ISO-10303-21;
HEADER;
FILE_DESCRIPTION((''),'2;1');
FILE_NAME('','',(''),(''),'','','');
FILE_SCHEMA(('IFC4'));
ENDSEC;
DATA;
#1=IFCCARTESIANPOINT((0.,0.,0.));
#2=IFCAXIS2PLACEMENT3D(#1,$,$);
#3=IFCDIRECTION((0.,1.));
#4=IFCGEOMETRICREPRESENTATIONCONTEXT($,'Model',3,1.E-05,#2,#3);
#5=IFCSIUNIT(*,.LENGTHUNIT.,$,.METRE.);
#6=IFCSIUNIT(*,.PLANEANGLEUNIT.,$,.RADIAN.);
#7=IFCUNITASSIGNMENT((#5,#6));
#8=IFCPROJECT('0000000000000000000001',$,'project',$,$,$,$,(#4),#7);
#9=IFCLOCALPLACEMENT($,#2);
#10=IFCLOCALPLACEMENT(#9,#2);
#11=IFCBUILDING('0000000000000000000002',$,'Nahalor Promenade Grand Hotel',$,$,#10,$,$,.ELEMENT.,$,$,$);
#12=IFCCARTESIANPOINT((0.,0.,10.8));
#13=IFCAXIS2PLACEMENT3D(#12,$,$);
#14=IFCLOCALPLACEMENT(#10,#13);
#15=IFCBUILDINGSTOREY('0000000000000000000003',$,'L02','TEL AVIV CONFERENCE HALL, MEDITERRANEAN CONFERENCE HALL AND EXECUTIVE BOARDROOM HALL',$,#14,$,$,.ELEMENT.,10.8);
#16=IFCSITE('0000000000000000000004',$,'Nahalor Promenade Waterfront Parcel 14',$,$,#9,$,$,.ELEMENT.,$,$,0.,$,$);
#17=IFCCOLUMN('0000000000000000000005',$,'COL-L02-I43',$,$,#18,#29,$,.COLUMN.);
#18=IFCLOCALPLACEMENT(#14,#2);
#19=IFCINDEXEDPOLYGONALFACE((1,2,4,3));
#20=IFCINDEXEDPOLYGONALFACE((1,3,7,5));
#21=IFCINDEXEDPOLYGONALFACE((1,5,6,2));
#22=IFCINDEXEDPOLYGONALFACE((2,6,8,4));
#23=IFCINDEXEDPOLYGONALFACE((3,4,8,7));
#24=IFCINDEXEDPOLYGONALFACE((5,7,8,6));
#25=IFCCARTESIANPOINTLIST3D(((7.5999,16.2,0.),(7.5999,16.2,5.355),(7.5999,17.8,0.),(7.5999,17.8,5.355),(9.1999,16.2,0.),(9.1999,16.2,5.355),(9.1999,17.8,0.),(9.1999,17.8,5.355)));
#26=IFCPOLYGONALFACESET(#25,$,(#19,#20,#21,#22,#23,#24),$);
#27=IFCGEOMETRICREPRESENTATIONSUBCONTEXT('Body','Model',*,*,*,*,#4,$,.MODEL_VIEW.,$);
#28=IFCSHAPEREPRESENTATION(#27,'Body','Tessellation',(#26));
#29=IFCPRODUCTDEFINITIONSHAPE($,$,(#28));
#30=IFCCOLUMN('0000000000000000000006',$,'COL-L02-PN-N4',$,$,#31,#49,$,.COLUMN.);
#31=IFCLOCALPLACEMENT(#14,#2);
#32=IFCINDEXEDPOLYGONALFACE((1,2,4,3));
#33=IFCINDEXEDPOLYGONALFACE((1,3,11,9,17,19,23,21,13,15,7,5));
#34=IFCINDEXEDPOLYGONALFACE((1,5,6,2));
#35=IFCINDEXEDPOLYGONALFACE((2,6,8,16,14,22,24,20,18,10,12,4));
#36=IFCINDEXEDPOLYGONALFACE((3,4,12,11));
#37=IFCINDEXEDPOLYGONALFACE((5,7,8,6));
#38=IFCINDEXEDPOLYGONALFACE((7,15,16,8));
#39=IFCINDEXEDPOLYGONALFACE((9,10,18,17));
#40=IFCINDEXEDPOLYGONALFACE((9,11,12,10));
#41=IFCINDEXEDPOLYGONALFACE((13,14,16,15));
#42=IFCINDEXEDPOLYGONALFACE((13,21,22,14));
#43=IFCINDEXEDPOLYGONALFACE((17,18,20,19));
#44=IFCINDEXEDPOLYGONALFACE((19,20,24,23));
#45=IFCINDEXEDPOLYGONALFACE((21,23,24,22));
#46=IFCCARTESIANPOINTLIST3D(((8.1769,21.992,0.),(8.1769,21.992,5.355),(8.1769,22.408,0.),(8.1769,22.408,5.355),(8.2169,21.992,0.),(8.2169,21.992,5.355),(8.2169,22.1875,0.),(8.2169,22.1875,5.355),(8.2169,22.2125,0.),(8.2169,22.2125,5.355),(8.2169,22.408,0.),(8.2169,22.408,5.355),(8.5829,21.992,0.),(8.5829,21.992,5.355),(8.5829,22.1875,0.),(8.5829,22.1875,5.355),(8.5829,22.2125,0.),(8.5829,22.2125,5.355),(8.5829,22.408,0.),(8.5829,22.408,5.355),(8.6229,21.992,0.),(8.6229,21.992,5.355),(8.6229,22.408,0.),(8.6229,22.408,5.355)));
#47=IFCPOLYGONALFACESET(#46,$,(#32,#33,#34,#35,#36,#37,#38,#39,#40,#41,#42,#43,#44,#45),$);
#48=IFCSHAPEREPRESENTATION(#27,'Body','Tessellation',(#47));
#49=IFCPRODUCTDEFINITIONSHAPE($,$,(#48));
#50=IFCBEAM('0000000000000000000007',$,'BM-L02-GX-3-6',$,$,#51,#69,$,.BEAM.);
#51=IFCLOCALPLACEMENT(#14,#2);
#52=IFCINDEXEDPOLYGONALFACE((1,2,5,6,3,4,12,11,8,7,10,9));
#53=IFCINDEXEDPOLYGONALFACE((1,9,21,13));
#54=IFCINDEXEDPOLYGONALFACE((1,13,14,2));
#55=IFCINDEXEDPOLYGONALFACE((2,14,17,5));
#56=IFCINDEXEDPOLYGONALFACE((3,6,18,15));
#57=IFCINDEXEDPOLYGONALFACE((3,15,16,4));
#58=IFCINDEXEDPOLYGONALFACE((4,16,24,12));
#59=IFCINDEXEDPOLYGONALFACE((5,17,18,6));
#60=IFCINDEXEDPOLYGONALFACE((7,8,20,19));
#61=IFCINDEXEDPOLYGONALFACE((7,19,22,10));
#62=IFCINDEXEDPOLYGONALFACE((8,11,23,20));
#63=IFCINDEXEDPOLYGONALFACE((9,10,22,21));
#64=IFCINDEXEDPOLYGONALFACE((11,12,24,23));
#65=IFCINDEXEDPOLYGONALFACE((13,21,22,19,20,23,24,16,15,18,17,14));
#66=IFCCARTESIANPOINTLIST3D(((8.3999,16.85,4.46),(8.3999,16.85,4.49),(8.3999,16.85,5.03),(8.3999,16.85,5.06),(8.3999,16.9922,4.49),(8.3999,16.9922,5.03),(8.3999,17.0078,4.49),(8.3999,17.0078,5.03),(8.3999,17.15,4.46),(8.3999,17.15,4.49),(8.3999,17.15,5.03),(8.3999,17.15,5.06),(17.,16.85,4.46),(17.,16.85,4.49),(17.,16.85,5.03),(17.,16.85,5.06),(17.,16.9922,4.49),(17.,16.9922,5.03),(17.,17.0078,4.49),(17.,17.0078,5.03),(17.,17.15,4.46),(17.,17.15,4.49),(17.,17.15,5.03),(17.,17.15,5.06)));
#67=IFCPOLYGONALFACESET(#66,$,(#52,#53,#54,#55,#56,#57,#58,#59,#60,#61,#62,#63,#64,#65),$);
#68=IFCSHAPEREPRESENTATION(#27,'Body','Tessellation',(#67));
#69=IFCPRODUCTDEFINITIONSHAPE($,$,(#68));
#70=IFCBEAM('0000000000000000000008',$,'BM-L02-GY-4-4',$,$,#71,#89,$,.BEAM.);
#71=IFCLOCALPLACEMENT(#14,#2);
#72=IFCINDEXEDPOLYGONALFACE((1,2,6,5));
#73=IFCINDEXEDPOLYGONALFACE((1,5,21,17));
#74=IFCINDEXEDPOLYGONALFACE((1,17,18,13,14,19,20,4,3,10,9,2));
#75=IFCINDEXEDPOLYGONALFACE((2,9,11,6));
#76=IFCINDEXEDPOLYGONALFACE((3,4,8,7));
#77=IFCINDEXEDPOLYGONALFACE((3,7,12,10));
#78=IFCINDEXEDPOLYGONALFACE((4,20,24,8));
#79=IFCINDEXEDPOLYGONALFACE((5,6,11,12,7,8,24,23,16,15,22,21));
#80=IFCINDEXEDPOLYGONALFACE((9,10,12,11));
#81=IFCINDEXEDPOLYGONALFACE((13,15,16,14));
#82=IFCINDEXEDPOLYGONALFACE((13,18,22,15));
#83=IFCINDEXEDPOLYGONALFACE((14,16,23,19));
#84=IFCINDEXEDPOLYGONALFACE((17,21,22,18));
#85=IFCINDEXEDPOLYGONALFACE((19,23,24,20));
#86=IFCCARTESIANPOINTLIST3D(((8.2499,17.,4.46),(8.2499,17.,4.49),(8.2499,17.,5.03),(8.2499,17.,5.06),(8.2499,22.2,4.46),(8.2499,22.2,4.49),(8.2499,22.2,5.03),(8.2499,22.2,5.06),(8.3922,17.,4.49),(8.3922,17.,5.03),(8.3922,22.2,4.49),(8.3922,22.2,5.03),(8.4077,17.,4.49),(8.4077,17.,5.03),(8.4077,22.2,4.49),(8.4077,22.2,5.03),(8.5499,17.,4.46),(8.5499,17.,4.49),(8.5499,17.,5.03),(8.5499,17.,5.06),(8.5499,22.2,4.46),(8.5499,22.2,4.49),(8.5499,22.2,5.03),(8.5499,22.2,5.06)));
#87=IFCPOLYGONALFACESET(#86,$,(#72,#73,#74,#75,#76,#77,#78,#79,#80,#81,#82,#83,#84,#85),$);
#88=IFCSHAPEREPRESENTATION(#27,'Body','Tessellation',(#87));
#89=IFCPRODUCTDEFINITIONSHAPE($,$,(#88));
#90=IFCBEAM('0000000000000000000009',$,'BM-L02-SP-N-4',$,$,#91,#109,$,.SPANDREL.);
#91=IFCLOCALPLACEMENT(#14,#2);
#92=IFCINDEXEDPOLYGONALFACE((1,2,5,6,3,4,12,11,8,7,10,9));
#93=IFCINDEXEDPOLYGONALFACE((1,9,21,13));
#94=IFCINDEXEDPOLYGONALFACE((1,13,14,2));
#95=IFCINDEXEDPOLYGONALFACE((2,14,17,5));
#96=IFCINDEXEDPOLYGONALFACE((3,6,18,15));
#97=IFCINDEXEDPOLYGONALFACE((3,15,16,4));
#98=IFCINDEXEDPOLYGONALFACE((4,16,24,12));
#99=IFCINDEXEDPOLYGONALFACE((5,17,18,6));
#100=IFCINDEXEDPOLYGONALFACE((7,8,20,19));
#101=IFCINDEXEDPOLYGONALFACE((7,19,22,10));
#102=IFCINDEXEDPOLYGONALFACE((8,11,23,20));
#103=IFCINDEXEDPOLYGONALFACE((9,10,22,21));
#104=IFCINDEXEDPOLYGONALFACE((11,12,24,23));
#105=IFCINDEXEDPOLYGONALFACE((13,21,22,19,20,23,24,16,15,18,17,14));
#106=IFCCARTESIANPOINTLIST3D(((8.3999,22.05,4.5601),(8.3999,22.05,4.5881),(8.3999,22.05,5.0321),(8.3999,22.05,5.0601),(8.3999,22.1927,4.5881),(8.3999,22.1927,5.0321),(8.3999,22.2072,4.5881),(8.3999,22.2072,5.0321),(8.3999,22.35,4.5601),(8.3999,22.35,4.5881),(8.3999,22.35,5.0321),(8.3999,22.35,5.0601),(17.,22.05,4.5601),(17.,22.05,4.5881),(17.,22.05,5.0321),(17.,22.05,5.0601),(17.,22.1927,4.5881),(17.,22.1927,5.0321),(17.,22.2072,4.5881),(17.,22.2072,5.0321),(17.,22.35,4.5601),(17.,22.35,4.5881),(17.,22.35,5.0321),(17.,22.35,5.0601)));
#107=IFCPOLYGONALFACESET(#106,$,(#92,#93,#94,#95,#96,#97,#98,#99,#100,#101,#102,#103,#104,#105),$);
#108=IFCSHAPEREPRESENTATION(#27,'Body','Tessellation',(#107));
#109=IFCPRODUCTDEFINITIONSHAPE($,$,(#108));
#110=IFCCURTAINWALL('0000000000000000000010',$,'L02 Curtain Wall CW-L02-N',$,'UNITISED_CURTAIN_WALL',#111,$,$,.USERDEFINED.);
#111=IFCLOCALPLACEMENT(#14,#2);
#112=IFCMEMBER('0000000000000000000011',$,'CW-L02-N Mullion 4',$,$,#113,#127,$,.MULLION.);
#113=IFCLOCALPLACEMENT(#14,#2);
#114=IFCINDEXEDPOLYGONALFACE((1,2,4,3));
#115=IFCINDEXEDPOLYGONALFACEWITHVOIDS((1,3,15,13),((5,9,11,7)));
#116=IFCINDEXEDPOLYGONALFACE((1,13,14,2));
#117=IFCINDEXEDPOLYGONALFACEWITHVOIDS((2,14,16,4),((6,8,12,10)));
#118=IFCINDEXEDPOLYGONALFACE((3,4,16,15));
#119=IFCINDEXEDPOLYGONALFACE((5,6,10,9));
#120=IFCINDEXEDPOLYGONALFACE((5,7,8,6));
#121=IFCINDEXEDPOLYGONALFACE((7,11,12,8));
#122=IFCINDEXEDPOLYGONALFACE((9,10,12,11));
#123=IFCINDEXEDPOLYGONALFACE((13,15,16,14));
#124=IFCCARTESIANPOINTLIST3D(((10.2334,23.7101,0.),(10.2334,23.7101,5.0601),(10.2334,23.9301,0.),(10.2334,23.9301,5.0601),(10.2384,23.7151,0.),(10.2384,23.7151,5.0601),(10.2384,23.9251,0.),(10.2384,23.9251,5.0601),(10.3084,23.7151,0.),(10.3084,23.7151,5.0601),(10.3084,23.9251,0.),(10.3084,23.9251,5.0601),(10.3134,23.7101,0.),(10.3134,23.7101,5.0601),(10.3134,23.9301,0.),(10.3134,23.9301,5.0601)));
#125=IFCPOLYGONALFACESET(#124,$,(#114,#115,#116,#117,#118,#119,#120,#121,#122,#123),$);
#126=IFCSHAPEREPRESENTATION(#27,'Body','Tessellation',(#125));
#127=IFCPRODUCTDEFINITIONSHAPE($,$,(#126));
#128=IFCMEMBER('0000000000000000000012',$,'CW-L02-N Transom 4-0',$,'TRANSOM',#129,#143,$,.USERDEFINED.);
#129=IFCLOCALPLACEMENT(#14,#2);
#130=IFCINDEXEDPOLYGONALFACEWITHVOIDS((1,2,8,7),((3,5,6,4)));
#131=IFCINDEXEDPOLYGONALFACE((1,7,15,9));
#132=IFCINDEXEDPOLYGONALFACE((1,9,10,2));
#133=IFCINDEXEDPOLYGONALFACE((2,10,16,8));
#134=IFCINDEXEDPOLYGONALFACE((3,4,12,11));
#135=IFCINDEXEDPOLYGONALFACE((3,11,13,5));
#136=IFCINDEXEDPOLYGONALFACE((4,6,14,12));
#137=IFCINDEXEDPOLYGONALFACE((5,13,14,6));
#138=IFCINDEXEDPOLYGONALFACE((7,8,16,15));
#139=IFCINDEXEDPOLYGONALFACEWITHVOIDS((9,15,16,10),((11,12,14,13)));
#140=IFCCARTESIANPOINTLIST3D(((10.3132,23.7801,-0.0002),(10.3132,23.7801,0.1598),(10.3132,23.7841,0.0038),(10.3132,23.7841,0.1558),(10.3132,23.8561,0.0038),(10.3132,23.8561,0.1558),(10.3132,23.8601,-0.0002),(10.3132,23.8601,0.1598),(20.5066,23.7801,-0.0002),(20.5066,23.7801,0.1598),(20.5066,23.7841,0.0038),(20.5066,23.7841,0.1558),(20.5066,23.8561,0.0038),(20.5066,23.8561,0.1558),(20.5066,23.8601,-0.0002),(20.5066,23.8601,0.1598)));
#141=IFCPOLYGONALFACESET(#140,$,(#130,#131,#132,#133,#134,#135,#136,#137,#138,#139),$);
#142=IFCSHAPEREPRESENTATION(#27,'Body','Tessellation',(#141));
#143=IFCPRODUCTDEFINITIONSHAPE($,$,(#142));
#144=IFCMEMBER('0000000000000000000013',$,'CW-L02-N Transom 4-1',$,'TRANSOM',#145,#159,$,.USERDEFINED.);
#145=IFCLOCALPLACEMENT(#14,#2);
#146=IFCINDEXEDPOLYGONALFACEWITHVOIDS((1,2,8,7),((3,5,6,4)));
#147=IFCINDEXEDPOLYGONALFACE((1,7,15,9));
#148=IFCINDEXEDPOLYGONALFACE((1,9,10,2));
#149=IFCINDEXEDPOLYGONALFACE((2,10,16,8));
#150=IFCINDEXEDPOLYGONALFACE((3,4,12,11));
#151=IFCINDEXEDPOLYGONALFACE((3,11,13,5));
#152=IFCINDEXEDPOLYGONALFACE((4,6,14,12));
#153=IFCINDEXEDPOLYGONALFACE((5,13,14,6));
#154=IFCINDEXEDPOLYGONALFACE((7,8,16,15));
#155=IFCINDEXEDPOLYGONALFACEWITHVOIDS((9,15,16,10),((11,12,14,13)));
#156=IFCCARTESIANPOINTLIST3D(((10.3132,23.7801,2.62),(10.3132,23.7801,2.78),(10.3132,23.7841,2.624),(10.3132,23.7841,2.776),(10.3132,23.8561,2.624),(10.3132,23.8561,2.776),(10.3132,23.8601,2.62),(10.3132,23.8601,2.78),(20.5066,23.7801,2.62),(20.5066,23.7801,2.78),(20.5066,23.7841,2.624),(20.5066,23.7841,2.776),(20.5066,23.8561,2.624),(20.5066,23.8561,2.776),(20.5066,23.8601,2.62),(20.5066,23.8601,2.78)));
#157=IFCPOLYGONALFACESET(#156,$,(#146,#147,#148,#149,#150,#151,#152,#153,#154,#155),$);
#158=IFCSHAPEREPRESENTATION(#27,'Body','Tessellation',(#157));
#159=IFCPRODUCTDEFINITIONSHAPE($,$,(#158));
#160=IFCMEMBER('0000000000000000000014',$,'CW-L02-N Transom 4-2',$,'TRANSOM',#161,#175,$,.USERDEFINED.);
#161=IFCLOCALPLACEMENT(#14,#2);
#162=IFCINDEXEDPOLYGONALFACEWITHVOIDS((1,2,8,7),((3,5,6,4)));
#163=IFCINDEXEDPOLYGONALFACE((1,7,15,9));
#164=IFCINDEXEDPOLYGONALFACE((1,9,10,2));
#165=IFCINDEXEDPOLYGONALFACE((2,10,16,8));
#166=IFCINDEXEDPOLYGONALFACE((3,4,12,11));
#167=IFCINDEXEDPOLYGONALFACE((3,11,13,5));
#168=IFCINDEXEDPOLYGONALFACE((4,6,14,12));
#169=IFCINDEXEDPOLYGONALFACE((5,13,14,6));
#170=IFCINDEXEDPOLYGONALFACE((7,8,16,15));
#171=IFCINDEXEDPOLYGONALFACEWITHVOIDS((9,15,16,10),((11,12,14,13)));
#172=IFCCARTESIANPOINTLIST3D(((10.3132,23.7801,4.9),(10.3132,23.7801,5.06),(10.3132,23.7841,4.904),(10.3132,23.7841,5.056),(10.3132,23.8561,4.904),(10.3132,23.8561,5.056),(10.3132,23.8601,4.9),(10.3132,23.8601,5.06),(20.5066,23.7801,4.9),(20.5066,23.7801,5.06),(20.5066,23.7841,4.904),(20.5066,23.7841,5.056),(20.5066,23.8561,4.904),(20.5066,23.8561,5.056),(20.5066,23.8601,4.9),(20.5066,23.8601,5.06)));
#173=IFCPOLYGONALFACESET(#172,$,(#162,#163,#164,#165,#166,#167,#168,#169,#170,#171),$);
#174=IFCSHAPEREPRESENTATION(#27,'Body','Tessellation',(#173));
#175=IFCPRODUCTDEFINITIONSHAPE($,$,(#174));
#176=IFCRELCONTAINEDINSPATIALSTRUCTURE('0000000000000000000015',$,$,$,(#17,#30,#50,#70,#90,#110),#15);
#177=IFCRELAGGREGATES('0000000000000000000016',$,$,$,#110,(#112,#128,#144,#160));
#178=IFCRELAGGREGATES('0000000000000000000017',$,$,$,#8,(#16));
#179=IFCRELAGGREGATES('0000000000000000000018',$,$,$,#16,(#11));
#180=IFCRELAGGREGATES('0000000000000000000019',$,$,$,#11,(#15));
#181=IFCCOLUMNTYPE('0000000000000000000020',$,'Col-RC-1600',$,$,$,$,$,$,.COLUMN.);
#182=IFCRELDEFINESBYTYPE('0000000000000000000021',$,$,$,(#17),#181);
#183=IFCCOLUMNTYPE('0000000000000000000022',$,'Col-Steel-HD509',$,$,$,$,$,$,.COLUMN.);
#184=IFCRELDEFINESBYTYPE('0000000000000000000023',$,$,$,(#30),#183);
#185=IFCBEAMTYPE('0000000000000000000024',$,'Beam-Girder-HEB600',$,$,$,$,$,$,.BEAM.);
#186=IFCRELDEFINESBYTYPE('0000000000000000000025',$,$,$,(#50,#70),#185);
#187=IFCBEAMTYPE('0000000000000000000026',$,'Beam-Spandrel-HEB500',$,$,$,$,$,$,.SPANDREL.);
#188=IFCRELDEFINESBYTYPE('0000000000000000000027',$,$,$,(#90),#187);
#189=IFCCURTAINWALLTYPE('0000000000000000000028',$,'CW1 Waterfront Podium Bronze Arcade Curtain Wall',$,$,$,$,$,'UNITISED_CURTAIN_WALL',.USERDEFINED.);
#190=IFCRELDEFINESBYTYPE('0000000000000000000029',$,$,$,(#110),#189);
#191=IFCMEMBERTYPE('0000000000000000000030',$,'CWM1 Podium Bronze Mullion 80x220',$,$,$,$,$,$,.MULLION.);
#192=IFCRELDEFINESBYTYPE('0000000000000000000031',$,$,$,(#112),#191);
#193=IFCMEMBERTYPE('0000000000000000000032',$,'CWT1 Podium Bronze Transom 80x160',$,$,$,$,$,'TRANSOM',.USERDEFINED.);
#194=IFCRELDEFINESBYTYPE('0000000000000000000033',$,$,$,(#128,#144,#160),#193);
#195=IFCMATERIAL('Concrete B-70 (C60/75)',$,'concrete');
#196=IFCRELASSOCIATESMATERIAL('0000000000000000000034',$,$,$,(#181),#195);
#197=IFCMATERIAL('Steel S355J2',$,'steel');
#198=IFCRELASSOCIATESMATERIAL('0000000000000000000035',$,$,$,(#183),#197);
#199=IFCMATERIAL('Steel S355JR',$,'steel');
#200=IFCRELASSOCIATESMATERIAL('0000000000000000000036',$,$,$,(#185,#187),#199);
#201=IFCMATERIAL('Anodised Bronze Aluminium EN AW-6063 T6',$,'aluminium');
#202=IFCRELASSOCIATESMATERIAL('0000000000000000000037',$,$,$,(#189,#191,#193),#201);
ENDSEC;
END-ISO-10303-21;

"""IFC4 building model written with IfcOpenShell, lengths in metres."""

from ifc_helpers import new_model, si_unit, direction, frame, origin, origin_2d, place, context, subcontext, project, spatial, rectangle, hollow_rectangle, i_section, extrude, source, transform, mapped, material, material_profile, profile_set, type_object, element, aggregate, save


model = new_model("IFC4")

# Units and contexts
model_context = context("Model", 3, precision=1e-05, world=origin(), true_north=direction((0.0, 1.0)))
body_context = subcontext(model_context, "Body", "Model", "MODEL_VIEW")
ifc_project = project(units=[si_unit("LENGTHUNIT", "METRE"), si_unit("PLANEANGLEUNIT", "RADIAN")], contexts=[model_context])

# Site, building, storey
site_placement = place(None, origin())
site = spatial("IfcSite", under=ifc_project, at=site_placement, Name="Nahalor Promenade Waterfront Parcel 14", CompositionType="ELEMENT", RefElevation=0.0)
building_placement = place(site_placement, origin())
building = spatial("IfcBuilding", under=site, at=building_placement, Name="Nahalor Promenade Grand Hotel", CompositionType="ELEMENT")
storey_placement = place(building_placement, frame((0.0, 0.0, 10.8)))
storey = spatial("IfcBuildingStorey", under=building, at=storey_placement, Name="L02", Description="TEL AVIV CONFERENCE HALL, MEDITERRANEAN CONFERENCE HALL AND EXECUTIVE BOARDROOM HALL", CompositionType="ELEMENT", Elevation=10.8)

# Columns
ifc_material_1 = material(Name="Concrete B-70 (C60/75)", Category="concrete")
ifc_material_profile_1 = material_profile(ifc_material_1, rectangle(XDim=1.6, YDim=1.6, at=origin_2d()), Name="RC 1600x1600")
ifc_profile_set_1 = profile_set([ifc_material_profile_1], Name="Concrete B-70 (C60/75)")
column_type_1 = type_object("IfcColumnType", Name="Col-RC-1600", PredefinedType="COLUMN", material=ifc_profile_set_1)
shared_shape_1 = source(origin(), body_context, "Body", "SweptSolid", [
    extrude(rectangle(XDim=1.6, YDim=1.6, at=origin_2d()), origin(), (0.0, 0.0, 1.0), 5.355),
])
column_1_placement = place(storey_placement, frame((8.3999, 17.0, 0.0), z_axis=(0.0, 0.0, 1.0), x_axis=(1.0, 0.0, 0.0)))
element("IfcColumn", 1, at=column_1_placement, inside=storey, type_object=column_type_1, Name="COL-L02-I43", PredefinedType="COLUMN", context=body_context, shape_type="MappedRepresentation", body=[
    mapped(shared_shape_1, transform((0.0, 0.0, 0.0), scale=1.0)),
])
ifc_material_2 = material(Name="Steel S355J2", Category="steel")
ifc_material_profile_2 = material_profile(ifc_material_2, i_section(OverallWidth=0.416, OverallDepth=0.446, WebThickness=0.025, FlangeThickness=0.04, at=origin_2d()), Name="HD 400x509")
ifc_profile_set_2 = profile_set([ifc_material_profile_2], Name="Steel S355J2")
column_type_2 = type_object("IfcColumnType", Name="Col-Steel-HD509", PredefinedType="COLUMN", material=ifc_profile_set_2)
shared_shape_2 = source(origin(), body_context, "Body", "SweptSolid", [
    extrude(i_section(OverallWidth=0.416, OverallDepth=0.446, WebThickness=0.025, FlangeThickness=0.04, at=origin_2d()), origin(), (0.0, 0.0, 1.0), 5.355),
])
column_2_placement = place(storey_placement, frame((8.3999, 22.2, 0.0), z_axis=(0.0, 0.0, 1.0), x_axis=(0.0, 1.0, 0.0)))
element("IfcColumn", 2, at=column_2_placement, inside=storey, type_object=column_type_2, Name="COL-L02-PN-N4", PredefinedType="COLUMN", context=body_context, shape_type="MappedRepresentation", body=[
    mapped(shared_shape_2, transform((0.0, 0.0, 0.0), scale=1.0)),
])

# Beams
ifc_material_3 = material(Name="Steel S355JR", Category="steel")
ifc_material_profile_3 = material_profile(ifc_material_3, i_section(OverallWidth=0.3, OverallDepth=0.6, WebThickness=0.0155, FlangeThickness=0.03, at=origin_2d()), Name="HEB 600")
ifc_profile_set_3 = profile_set([ifc_material_profile_3], Name="Steel S355JR")
beam_type_1 = type_object("IfcBeamType", Name="Beam-Girder-HEB600", PredefinedType="BEAM", material=ifc_profile_set_3)
shared_shape_3 = source(origin(), body_context, "Body", "SweptSolid", [
    extrude(i_section(OverallWidth=0.3, OverallDepth=0.6, WebThickness=0.0155, FlangeThickness=0.03, at=origin_2d()), origin(), (0.0, 0.0, 1.0), 8.6001),
])
beam_1_placement = place(storey_placement, frame((8.3999, 17.0, 4.76), z_axis=(1.0, 0.0, 0.0), x_axis=(0.0, 1.0, 0.0)))
element("IfcBeam", 3, at=beam_1_placement, inside=storey, type_object=beam_type_1, Name="BM-L02-GX-3-6", PredefinedType="BEAM", context=body_context, shape_type="MappedRepresentation", body=[
    mapped(shared_shape_3, transform((0.0, 0.0, 0.0), scale=1.0)),
])
shared_shape_4 = source(origin(), body_context, "Body", "SweptSolid", [
    extrude(i_section(OverallWidth=0.3, OverallDepth=0.6, WebThickness=0.0155, FlangeThickness=0.03, at=origin_2d()), origin(), (0.0, 0.0, 1.0), 5.2),
])
beam_2_placement = place(storey_placement, frame((8.3999, 17.0, 4.76), z_axis=(0.0, 1.0, 0.0), x_axis=(-1.0, 0.0, 0.0)))
element("IfcBeam", 4, at=beam_2_placement, inside=storey, type_object=beam_type_1, Name="BM-L02-GY-4-4", PredefinedType="BEAM", context=body_context, shape_type="MappedRepresentation", body=[
    mapped(shared_shape_4, transform((0.0, 0.0, 0.0), scale=1.0)),
])
ifc_material_profile_4 = material_profile(ifc_material_3, i_section(OverallWidth=0.3, OverallDepth=0.5, WebThickness=0.0145, FlangeThickness=0.028, at=origin_2d()), Name="HEB 500")
ifc_profile_set_4 = profile_set([ifc_material_profile_4], Name="Steel S355JR")
beam_type_2 = type_object("IfcBeamType", Name="Beam-Spandrel-HEB500", PredefinedType="SPANDREL", material=ifc_profile_set_4)
shared_shape_5 = source(origin(), body_context, "Body", "SweptSolid", [
    extrude(i_section(OverallWidth=0.3, OverallDepth=0.5, WebThickness=0.0145, FlangeThickness=0.028, at=origin_2d()), origin(), (0.0, 0.0, 1.0), 8.6001),
])
beam_3_placement = place(storey_placement, frame((8.3999, 22.2, 4.8101), z_axis=(1.0, 0.0, 0.0), x_axis=(0.0, 1.0, 0.0)))
element("IfcBeam", 5, at=beam_3_placement, inside=storey, type_object=beam_type_2, Name="BM-L02-SP-N-4", PredefinedType="SPANDREL", context=body_context, shape_type="MappedRepresentation", body=[
    mapped(shared_shape_5, transform((0.0, 0.0, 0.0), scale=1.0)),
])

# Curtain wall, members
ifc_material_4 = material(Name="Anodised Bronze Aluminium EN AW-6063 T6", Category="aluminium")
curtain_wall_type = type_object("IfcCurtainWallType", Name="CW1 Waterfront Podium Bronze Arcade Curtain Wall", ElementType="UNITISED_CURTAIN_WALL", PredefinedType="USERDEFINED", material=ifc_material_4)
curtain_wall_placement = place(storey_placement, origin())
curtain_wall = element("IfcCurtainWall", 6, at=curtain_wall_placement, inside=storey, type_object=curtain_wall_type, Name="L02 Curtain Wall CW-L02-N", ObjectType="UNITISED_CURTAIN_WALL", PredefinedType="USERDEFINED")
ifc_material_profile_5 = material_profile(ifc_material_4, hollow_rectangle(XDim=0.08, YDim=0.22, WallThickness=0.005, at=origin_2d()), Name="CWM 80x220x5")
ifc_profile_set_5 = profile_set([ifc_material_profile_5], Name="Anodised Bronze Aluminium EN AW-6063 T6")
member_type_1 = type_object("IfcMemberType", Name="CWM1 Podium Bronze Mullion 80x220", PredefinedType="MULLION", material=ifc_profile_set_5)
shared_shape_6 = source(origin(), body_context, "Body", "SweptSolid", [
    extrude(hollow_rectangle(XDim=0.08, YDim=0.22, WallThickness=0.005, at=origin_2d()), origin(), (0.0, 0.0, 1.0), 5.0601),
])
member_1_placement = place(storey_placement, frame((10.2734, 23.8201, 0.0), z_axis=(0.0, 0.0, 1.0), x_axis=(1.0, 0.0, 0.0)))
member_1 = element("IfcMember", 7, at=member_1_placement, type_object=member_type_1, Name="CW-L02-N Mullion 4", PredefinedType="MULLION", context=body_context, shape_type="MappedRepresentation", body=[
    mapped(shared_shape_6, transform((0.0, 0.0, 0.0), scale=1.0)),
])
ifc_material_profile_6 = material_profile(ifc_material_4, hollow_rectangle(XDim=0.08, YDim=0.16, WallThickness=0.004, at=origin_2d()), Name="CWT 80x160x4")
ifc_profile_set_6 = profile_set([ifc_material_profile_6], Name="Anodised Bronze Aluminium EN AW-6063 T6")
member_type_2 = type_object("IfcMemberType", Name="CWT1 Podium Bronze Transom 80x160", ElementType="TRANSOM", PredefinedType="USERDEFINED", material=ifc_profile_set_6)
shared_shape_7 = source(origin(), body_context, "Body", "SweptSolid", [
    extrude(hollow_rectangle(XDim=0.08, YDim=0.16, WallThickness=0.004, at=origin_2d()), origin(), (0.0, 0.0, 1.0), 10.1934),
])
member_2_placement = place(storey_placement, frame((10.3132, 23.8201, 0.0798), z_axis=(1.0, 0.0, 0.0), x_axis=(0.0, 1.0, 0.0)))
member_2 = element("IfcMember", 8, at=member_2_placement, type_object=member_type_2, Name="CW-L02-N Transom 4-0", ObjectType="TRANSOM", PredefinedType="USERDEFINED", context=body_context, shape_type="MappedRepresentation", body=[
    mapped(shared_shape_7, transform((0.0, 0.0, 0.0), scale=1.0)),
])
member_3_placement = place(storey_placement, frame((10.3132, 23.8201, 2.7), z_axis=(1.0, 0.0, 0.0), x_axis=(0.0, 1.0, 0.0)))
member_3 = element("IfcMember", 9, at=member_3_placement, type_object=member_type_2, Name="CW-L02-N Transom 4-1", ObjectType="TRANSOM", PredefinedType="USERDEFINED", context=body_context, shape_type="MappedRepresentation", body=[
    mapped(shared_shape_7, transform((0.0, 0.0, 0.0), scale=1.0)),
])
member_4_placement = place(storey_placement, frame((10.3132, 23.8201, 4.98), z_axis=(1.0, 0.0, 0.0), x_axis=(0.0, 1.0, 0.0)))
member_4 = element("IfcMember", 10, at=member_4_placement, type_object=member_type_2, Name="CW-L02-N Transom 4-2", ObjectType="TRANSOM", PredefinedType="USERDEFINED", context=body_context, shape_type="MappedRepresentation", body=[
    mapped(shared_shape_7, transform((0.0, 0.0, 0.0), scale=1.0)),
])
aggregate(curtain_wall, [member_1, member_2, member_3, member_4])

save(model, "model.ifc")
